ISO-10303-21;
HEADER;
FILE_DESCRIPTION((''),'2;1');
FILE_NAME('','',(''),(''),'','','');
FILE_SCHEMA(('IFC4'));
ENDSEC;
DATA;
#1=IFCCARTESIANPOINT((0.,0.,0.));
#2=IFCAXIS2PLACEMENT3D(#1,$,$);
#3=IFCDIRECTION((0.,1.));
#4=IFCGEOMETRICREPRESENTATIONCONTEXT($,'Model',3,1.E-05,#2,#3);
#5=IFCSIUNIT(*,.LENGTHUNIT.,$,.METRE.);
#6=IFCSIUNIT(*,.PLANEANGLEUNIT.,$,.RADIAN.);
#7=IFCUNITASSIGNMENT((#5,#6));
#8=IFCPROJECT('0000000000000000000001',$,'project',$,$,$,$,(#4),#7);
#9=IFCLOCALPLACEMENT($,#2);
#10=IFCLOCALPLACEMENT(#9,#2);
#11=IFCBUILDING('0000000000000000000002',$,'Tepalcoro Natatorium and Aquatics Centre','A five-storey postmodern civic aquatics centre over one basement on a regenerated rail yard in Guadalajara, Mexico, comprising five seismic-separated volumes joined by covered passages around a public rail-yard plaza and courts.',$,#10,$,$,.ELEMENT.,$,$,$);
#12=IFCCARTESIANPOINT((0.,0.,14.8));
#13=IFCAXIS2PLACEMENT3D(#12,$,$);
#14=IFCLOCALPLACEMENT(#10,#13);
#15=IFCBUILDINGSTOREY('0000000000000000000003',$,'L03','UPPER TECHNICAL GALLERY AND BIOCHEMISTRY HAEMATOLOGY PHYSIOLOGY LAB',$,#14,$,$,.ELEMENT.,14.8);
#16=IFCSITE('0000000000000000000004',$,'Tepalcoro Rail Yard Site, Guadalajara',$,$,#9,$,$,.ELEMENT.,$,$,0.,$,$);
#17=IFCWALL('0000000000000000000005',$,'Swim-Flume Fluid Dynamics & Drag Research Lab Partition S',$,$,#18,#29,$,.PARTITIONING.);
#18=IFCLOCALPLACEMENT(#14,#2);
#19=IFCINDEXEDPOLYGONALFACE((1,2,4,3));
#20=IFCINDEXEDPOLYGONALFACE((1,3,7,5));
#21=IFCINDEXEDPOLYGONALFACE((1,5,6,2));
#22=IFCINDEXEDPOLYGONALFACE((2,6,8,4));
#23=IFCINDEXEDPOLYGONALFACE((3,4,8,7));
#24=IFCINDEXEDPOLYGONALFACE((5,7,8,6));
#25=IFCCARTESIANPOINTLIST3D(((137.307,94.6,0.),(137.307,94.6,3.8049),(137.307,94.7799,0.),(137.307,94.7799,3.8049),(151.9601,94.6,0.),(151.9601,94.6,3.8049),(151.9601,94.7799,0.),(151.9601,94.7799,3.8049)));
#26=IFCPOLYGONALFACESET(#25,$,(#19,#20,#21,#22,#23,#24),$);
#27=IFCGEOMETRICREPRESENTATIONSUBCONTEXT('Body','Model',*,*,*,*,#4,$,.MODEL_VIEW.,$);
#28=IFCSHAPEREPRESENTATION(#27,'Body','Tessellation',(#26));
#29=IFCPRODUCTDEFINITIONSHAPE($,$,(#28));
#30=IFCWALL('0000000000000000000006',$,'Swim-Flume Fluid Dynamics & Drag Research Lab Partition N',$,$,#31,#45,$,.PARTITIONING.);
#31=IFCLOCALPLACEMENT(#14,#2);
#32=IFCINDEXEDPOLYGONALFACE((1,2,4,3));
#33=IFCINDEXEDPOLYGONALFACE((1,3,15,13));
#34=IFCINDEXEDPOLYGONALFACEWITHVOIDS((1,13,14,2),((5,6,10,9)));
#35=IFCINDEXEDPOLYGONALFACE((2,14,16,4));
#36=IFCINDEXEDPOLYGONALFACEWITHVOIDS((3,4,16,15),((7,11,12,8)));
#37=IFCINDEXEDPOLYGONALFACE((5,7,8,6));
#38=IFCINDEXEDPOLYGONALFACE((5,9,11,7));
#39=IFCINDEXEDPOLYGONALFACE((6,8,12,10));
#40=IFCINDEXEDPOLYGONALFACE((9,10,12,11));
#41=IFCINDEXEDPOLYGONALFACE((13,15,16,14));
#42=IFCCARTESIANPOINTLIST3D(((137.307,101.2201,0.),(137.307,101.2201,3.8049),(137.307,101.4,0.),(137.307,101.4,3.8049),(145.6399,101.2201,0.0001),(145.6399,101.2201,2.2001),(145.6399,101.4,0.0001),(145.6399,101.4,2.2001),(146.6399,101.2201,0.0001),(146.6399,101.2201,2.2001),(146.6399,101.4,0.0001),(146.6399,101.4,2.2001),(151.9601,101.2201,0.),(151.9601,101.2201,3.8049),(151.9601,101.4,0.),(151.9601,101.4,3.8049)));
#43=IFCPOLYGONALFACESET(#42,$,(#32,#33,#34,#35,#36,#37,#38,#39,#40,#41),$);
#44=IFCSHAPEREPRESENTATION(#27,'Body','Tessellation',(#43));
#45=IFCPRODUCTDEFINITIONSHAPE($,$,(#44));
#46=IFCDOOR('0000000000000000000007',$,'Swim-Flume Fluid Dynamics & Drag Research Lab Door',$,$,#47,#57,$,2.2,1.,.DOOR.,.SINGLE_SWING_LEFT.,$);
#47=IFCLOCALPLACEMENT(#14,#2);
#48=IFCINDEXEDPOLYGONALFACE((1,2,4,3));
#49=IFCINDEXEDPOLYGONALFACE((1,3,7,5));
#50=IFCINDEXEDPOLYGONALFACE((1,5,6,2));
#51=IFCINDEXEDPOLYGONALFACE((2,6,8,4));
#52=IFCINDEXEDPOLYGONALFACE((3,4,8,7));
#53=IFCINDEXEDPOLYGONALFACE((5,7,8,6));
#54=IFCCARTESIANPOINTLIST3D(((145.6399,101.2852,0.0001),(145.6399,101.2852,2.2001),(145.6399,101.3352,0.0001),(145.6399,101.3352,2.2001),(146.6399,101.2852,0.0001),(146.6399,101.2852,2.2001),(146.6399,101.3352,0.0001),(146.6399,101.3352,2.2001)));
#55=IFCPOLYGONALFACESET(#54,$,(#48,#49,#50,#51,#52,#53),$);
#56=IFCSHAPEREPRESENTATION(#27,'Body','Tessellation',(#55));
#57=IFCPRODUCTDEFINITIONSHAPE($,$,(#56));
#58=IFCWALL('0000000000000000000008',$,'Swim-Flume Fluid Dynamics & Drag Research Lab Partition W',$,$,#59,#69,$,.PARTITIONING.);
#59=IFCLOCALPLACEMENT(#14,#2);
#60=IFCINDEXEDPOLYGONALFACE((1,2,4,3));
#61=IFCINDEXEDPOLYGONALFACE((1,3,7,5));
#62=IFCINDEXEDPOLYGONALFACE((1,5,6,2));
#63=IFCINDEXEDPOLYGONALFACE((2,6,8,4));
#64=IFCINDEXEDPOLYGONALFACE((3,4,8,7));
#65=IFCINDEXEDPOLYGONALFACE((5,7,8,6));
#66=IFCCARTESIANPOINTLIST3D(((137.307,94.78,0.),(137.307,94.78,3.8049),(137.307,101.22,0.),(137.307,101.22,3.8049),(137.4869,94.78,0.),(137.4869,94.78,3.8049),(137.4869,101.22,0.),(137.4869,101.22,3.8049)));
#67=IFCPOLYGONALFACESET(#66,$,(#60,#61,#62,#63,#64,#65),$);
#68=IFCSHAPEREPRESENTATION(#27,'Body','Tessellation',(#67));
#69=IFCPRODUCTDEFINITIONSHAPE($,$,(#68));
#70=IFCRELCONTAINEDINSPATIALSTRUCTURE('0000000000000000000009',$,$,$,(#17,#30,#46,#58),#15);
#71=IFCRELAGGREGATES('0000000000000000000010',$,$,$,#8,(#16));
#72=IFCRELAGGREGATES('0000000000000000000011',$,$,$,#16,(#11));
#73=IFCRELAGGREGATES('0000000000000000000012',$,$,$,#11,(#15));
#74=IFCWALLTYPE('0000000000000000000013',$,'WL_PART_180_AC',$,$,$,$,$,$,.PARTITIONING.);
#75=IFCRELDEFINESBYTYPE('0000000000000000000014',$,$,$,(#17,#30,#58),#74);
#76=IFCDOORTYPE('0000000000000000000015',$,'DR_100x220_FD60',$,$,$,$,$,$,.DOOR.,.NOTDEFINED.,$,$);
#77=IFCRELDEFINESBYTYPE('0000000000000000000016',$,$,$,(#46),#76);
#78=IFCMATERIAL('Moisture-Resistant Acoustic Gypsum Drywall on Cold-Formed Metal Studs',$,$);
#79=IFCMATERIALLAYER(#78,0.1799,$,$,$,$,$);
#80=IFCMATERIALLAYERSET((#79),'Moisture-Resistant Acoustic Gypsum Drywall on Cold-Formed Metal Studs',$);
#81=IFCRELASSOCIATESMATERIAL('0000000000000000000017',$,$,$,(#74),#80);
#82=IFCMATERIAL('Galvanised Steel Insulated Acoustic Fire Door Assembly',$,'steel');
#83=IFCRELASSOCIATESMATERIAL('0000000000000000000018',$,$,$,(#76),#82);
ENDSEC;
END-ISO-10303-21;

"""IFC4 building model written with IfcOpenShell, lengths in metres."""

from ifc_helpers import new_model, si_unit, direction, frame, frame_2d, origin, place, context, subcontext, project, spatial, rectangle, extrude, material, layer, layer_set, type_object, element, fill, save


model = new_model("IFC4")

# Units and contexts
model_context = context("Model", 3, precision=1e-05, world=origin(), true_north=direction((0.0, 1.0)))
body_context = subcontext(model_context, "Body", "Model", "MODEL_VIEW")
ifc_project = project(units=[si_unit("LENGTHUNIT", "METRE"), si_unit("PLANEANGLEUNIT", "RADIAN")], contexts=[model_context])

# Site, building, storey
site_placement = place(None, origin())
site = spatial("IfcSite", under=ifc_project, at=site_placement, Name="Tepalcoro Rail Yard Site, Guadalajara", CompositionType="ELEMENT", RefElevation=0.0)
building_placement = place(site_placement, origin())
building = spatial("IfcBuilding", under=site, at=building_placement, Name="Tepalcoro Natatorium and Aquatics Centre", Description="A five-storey postmodern civic aquatics centre over one basement on a regenerated rail yard in Guadalajara, Mexico, comprising five seismic-separated volumes joined by covered passages around a public rail-yard plaza and courts.", CompositionType="ELEMENT")
storey_placement = place(building_placement, frame((0.0, 0.0, 14.8)))
storey = spatial("IfcBuildingStorey", under=building, at=storey_placement, Name="L03", Description="UPPER TECHNICAL GALLERY AND BIOCHEMISTRY HAEMATOLOGY PHYSIOLOGY LAB", CompositionType="ELEMENT", Elevation=14.8)

# Wall
ifc_material_1 = material(Name="Moisture-Resistant Acoustic Gypsum Drywall on Cold-Formed Metal Studs")
ifc_layer_1 = layer(ifc_material_1, 0.1799)
ifc_layer_set_1 = layer_set([ifc_layer_1], Name="Moisture-Resistant Acoustic Gypsum Drywall on Cold-Formed Metal Studs")
wall_type = type_object("IfcWallType", Name="WL_PART_180_AC", PredefinedType="PARTITIONING", material=ifc_layer_set_1)
wall_1_placement = place(storey_placement, frame((137.3069, 94.6899, 0.0), z_axis=(0.0, 0.0, 1.0), x_axis=(1.0, 0.0, 0.0)))
element("IfcWall", 1, at=wall_1_placement, inside=storey, type_object=wall_type, Name="Swim-Flume Fluid Dynamics & Drag Research Lab Partition S", PredefinedType="PARTITIONING", context=body_context, shape_type="SweptSolid", body=[
    extrude(rectangle(XDim=14.6531, YDim=0.1799, at=frame_2d((7.3267, 0.0))), origin(), (0.0, 0.0, 1.0), 3.8049),
])

# Wall, opening, door
wall_2_placement = place(storey_placement, frame((137.3069, 101.3101, 0.0), z_axis=(0.0, 0.0, 1.0), x_axis=(1.0, 0.0, 0.0)))
wall_2 = element("IfcWall", 2, at=wall_2_placement, inside=storey, type_object=wall_type, Name="Swim-Flume Fluid Dynamics & Drag Research Lab Partition N", PredefinedType="PARTITIONING", context=body_context, shape_type="SweptSolid", body=[
    extrude(rectangle(XDim=14.6531, YDim=0.1799, at=frame_2d((7.3267, 0.0))), origin(), (0.0, 0.0, 1.0), 3.8049),
])
opening_placement = place(wall_2_placement, frame((8.333, 0.0, 0.0)))
opening = element("IfcOpeningElement", 3, at=opening_placement, cuts=wall_2, PredefinedType="OPENING", context=body_context, shape_type="SweptSolid", body=[
    extrude(rectangle(XDim=1.0, YDim=2.2, at=frame_2d((0.5, 1.1001))), frame((0.0, 0.1021, 0.0), z_axis=(0.0, -1.0, 0.0), x_axis=(1.0, 0.0, 0.0)), (0.0, 0.0, 1.0), 0.2039),
])
ifc_material_2 = material(Name="Galvanised Steel Insulated Acoustic Fire Door Assembly", Category="steel")
door_type = type_object("IfcDoorType", Name="DR_100x220_FD60", OperationType="NOTDEFINED", PredefinedType="DOOR", material=ifc_material_2)
door_placement = place(opening_placement, frame((1.0, 0.0, 0.0), z_axis=(0.0, 0.0, 1.0), x_axis=(-1.0, 0.0, 0.0)))
door = element("IfcDoor", 4, at=door_placement, inside=storey, type_object=door_type, Name="Swim-Flume Fluid Dynamics & Drag Research Lab Door", OperationType="SINGLE_SWING_LEFT", OverallHeight=2.2, OverallWidth=1.0, PredefinedType="DOOR", context=body_context, shape_type="SweptSolid", body=[
    extrude(rectangle(XDim=1.0, YDim=2.2, at=frame_2d((0.5, 1.1001))), frame((0.0, 0.0249, 0.0), z_axis=(0.0, -1.0, 0.0), x_axis=(1.0, 0.0, 0.0)), (0.0, 0.0, 1.0), 0.05),
])
fill(opening, door)

# Wall
wall_3_placement = place(storey_placement, frame((137.397, 94.78, 0.0), z_axis=(0.0, 0.0, 1.0), x_axis=(0.0, 1.0, 0.0)))
element("IfcWall", 5, at=wall_3_placement, inside=storey, type_object=wall_type, Name="Swim-Flume Fluid Dynamics & Drag Research Lab Partition W", PredefinedType="PARTITIONING", context=body_context, shape_type="SweptSolid", body=[
    extrude(rectangle(XDim=6.4399, YDim=0.1799, at=frame_2d((3.22, 0.0))), origin(), (0.0, 0.0, 1.0), 3.8049),
])

save(model, "model.ifc")
